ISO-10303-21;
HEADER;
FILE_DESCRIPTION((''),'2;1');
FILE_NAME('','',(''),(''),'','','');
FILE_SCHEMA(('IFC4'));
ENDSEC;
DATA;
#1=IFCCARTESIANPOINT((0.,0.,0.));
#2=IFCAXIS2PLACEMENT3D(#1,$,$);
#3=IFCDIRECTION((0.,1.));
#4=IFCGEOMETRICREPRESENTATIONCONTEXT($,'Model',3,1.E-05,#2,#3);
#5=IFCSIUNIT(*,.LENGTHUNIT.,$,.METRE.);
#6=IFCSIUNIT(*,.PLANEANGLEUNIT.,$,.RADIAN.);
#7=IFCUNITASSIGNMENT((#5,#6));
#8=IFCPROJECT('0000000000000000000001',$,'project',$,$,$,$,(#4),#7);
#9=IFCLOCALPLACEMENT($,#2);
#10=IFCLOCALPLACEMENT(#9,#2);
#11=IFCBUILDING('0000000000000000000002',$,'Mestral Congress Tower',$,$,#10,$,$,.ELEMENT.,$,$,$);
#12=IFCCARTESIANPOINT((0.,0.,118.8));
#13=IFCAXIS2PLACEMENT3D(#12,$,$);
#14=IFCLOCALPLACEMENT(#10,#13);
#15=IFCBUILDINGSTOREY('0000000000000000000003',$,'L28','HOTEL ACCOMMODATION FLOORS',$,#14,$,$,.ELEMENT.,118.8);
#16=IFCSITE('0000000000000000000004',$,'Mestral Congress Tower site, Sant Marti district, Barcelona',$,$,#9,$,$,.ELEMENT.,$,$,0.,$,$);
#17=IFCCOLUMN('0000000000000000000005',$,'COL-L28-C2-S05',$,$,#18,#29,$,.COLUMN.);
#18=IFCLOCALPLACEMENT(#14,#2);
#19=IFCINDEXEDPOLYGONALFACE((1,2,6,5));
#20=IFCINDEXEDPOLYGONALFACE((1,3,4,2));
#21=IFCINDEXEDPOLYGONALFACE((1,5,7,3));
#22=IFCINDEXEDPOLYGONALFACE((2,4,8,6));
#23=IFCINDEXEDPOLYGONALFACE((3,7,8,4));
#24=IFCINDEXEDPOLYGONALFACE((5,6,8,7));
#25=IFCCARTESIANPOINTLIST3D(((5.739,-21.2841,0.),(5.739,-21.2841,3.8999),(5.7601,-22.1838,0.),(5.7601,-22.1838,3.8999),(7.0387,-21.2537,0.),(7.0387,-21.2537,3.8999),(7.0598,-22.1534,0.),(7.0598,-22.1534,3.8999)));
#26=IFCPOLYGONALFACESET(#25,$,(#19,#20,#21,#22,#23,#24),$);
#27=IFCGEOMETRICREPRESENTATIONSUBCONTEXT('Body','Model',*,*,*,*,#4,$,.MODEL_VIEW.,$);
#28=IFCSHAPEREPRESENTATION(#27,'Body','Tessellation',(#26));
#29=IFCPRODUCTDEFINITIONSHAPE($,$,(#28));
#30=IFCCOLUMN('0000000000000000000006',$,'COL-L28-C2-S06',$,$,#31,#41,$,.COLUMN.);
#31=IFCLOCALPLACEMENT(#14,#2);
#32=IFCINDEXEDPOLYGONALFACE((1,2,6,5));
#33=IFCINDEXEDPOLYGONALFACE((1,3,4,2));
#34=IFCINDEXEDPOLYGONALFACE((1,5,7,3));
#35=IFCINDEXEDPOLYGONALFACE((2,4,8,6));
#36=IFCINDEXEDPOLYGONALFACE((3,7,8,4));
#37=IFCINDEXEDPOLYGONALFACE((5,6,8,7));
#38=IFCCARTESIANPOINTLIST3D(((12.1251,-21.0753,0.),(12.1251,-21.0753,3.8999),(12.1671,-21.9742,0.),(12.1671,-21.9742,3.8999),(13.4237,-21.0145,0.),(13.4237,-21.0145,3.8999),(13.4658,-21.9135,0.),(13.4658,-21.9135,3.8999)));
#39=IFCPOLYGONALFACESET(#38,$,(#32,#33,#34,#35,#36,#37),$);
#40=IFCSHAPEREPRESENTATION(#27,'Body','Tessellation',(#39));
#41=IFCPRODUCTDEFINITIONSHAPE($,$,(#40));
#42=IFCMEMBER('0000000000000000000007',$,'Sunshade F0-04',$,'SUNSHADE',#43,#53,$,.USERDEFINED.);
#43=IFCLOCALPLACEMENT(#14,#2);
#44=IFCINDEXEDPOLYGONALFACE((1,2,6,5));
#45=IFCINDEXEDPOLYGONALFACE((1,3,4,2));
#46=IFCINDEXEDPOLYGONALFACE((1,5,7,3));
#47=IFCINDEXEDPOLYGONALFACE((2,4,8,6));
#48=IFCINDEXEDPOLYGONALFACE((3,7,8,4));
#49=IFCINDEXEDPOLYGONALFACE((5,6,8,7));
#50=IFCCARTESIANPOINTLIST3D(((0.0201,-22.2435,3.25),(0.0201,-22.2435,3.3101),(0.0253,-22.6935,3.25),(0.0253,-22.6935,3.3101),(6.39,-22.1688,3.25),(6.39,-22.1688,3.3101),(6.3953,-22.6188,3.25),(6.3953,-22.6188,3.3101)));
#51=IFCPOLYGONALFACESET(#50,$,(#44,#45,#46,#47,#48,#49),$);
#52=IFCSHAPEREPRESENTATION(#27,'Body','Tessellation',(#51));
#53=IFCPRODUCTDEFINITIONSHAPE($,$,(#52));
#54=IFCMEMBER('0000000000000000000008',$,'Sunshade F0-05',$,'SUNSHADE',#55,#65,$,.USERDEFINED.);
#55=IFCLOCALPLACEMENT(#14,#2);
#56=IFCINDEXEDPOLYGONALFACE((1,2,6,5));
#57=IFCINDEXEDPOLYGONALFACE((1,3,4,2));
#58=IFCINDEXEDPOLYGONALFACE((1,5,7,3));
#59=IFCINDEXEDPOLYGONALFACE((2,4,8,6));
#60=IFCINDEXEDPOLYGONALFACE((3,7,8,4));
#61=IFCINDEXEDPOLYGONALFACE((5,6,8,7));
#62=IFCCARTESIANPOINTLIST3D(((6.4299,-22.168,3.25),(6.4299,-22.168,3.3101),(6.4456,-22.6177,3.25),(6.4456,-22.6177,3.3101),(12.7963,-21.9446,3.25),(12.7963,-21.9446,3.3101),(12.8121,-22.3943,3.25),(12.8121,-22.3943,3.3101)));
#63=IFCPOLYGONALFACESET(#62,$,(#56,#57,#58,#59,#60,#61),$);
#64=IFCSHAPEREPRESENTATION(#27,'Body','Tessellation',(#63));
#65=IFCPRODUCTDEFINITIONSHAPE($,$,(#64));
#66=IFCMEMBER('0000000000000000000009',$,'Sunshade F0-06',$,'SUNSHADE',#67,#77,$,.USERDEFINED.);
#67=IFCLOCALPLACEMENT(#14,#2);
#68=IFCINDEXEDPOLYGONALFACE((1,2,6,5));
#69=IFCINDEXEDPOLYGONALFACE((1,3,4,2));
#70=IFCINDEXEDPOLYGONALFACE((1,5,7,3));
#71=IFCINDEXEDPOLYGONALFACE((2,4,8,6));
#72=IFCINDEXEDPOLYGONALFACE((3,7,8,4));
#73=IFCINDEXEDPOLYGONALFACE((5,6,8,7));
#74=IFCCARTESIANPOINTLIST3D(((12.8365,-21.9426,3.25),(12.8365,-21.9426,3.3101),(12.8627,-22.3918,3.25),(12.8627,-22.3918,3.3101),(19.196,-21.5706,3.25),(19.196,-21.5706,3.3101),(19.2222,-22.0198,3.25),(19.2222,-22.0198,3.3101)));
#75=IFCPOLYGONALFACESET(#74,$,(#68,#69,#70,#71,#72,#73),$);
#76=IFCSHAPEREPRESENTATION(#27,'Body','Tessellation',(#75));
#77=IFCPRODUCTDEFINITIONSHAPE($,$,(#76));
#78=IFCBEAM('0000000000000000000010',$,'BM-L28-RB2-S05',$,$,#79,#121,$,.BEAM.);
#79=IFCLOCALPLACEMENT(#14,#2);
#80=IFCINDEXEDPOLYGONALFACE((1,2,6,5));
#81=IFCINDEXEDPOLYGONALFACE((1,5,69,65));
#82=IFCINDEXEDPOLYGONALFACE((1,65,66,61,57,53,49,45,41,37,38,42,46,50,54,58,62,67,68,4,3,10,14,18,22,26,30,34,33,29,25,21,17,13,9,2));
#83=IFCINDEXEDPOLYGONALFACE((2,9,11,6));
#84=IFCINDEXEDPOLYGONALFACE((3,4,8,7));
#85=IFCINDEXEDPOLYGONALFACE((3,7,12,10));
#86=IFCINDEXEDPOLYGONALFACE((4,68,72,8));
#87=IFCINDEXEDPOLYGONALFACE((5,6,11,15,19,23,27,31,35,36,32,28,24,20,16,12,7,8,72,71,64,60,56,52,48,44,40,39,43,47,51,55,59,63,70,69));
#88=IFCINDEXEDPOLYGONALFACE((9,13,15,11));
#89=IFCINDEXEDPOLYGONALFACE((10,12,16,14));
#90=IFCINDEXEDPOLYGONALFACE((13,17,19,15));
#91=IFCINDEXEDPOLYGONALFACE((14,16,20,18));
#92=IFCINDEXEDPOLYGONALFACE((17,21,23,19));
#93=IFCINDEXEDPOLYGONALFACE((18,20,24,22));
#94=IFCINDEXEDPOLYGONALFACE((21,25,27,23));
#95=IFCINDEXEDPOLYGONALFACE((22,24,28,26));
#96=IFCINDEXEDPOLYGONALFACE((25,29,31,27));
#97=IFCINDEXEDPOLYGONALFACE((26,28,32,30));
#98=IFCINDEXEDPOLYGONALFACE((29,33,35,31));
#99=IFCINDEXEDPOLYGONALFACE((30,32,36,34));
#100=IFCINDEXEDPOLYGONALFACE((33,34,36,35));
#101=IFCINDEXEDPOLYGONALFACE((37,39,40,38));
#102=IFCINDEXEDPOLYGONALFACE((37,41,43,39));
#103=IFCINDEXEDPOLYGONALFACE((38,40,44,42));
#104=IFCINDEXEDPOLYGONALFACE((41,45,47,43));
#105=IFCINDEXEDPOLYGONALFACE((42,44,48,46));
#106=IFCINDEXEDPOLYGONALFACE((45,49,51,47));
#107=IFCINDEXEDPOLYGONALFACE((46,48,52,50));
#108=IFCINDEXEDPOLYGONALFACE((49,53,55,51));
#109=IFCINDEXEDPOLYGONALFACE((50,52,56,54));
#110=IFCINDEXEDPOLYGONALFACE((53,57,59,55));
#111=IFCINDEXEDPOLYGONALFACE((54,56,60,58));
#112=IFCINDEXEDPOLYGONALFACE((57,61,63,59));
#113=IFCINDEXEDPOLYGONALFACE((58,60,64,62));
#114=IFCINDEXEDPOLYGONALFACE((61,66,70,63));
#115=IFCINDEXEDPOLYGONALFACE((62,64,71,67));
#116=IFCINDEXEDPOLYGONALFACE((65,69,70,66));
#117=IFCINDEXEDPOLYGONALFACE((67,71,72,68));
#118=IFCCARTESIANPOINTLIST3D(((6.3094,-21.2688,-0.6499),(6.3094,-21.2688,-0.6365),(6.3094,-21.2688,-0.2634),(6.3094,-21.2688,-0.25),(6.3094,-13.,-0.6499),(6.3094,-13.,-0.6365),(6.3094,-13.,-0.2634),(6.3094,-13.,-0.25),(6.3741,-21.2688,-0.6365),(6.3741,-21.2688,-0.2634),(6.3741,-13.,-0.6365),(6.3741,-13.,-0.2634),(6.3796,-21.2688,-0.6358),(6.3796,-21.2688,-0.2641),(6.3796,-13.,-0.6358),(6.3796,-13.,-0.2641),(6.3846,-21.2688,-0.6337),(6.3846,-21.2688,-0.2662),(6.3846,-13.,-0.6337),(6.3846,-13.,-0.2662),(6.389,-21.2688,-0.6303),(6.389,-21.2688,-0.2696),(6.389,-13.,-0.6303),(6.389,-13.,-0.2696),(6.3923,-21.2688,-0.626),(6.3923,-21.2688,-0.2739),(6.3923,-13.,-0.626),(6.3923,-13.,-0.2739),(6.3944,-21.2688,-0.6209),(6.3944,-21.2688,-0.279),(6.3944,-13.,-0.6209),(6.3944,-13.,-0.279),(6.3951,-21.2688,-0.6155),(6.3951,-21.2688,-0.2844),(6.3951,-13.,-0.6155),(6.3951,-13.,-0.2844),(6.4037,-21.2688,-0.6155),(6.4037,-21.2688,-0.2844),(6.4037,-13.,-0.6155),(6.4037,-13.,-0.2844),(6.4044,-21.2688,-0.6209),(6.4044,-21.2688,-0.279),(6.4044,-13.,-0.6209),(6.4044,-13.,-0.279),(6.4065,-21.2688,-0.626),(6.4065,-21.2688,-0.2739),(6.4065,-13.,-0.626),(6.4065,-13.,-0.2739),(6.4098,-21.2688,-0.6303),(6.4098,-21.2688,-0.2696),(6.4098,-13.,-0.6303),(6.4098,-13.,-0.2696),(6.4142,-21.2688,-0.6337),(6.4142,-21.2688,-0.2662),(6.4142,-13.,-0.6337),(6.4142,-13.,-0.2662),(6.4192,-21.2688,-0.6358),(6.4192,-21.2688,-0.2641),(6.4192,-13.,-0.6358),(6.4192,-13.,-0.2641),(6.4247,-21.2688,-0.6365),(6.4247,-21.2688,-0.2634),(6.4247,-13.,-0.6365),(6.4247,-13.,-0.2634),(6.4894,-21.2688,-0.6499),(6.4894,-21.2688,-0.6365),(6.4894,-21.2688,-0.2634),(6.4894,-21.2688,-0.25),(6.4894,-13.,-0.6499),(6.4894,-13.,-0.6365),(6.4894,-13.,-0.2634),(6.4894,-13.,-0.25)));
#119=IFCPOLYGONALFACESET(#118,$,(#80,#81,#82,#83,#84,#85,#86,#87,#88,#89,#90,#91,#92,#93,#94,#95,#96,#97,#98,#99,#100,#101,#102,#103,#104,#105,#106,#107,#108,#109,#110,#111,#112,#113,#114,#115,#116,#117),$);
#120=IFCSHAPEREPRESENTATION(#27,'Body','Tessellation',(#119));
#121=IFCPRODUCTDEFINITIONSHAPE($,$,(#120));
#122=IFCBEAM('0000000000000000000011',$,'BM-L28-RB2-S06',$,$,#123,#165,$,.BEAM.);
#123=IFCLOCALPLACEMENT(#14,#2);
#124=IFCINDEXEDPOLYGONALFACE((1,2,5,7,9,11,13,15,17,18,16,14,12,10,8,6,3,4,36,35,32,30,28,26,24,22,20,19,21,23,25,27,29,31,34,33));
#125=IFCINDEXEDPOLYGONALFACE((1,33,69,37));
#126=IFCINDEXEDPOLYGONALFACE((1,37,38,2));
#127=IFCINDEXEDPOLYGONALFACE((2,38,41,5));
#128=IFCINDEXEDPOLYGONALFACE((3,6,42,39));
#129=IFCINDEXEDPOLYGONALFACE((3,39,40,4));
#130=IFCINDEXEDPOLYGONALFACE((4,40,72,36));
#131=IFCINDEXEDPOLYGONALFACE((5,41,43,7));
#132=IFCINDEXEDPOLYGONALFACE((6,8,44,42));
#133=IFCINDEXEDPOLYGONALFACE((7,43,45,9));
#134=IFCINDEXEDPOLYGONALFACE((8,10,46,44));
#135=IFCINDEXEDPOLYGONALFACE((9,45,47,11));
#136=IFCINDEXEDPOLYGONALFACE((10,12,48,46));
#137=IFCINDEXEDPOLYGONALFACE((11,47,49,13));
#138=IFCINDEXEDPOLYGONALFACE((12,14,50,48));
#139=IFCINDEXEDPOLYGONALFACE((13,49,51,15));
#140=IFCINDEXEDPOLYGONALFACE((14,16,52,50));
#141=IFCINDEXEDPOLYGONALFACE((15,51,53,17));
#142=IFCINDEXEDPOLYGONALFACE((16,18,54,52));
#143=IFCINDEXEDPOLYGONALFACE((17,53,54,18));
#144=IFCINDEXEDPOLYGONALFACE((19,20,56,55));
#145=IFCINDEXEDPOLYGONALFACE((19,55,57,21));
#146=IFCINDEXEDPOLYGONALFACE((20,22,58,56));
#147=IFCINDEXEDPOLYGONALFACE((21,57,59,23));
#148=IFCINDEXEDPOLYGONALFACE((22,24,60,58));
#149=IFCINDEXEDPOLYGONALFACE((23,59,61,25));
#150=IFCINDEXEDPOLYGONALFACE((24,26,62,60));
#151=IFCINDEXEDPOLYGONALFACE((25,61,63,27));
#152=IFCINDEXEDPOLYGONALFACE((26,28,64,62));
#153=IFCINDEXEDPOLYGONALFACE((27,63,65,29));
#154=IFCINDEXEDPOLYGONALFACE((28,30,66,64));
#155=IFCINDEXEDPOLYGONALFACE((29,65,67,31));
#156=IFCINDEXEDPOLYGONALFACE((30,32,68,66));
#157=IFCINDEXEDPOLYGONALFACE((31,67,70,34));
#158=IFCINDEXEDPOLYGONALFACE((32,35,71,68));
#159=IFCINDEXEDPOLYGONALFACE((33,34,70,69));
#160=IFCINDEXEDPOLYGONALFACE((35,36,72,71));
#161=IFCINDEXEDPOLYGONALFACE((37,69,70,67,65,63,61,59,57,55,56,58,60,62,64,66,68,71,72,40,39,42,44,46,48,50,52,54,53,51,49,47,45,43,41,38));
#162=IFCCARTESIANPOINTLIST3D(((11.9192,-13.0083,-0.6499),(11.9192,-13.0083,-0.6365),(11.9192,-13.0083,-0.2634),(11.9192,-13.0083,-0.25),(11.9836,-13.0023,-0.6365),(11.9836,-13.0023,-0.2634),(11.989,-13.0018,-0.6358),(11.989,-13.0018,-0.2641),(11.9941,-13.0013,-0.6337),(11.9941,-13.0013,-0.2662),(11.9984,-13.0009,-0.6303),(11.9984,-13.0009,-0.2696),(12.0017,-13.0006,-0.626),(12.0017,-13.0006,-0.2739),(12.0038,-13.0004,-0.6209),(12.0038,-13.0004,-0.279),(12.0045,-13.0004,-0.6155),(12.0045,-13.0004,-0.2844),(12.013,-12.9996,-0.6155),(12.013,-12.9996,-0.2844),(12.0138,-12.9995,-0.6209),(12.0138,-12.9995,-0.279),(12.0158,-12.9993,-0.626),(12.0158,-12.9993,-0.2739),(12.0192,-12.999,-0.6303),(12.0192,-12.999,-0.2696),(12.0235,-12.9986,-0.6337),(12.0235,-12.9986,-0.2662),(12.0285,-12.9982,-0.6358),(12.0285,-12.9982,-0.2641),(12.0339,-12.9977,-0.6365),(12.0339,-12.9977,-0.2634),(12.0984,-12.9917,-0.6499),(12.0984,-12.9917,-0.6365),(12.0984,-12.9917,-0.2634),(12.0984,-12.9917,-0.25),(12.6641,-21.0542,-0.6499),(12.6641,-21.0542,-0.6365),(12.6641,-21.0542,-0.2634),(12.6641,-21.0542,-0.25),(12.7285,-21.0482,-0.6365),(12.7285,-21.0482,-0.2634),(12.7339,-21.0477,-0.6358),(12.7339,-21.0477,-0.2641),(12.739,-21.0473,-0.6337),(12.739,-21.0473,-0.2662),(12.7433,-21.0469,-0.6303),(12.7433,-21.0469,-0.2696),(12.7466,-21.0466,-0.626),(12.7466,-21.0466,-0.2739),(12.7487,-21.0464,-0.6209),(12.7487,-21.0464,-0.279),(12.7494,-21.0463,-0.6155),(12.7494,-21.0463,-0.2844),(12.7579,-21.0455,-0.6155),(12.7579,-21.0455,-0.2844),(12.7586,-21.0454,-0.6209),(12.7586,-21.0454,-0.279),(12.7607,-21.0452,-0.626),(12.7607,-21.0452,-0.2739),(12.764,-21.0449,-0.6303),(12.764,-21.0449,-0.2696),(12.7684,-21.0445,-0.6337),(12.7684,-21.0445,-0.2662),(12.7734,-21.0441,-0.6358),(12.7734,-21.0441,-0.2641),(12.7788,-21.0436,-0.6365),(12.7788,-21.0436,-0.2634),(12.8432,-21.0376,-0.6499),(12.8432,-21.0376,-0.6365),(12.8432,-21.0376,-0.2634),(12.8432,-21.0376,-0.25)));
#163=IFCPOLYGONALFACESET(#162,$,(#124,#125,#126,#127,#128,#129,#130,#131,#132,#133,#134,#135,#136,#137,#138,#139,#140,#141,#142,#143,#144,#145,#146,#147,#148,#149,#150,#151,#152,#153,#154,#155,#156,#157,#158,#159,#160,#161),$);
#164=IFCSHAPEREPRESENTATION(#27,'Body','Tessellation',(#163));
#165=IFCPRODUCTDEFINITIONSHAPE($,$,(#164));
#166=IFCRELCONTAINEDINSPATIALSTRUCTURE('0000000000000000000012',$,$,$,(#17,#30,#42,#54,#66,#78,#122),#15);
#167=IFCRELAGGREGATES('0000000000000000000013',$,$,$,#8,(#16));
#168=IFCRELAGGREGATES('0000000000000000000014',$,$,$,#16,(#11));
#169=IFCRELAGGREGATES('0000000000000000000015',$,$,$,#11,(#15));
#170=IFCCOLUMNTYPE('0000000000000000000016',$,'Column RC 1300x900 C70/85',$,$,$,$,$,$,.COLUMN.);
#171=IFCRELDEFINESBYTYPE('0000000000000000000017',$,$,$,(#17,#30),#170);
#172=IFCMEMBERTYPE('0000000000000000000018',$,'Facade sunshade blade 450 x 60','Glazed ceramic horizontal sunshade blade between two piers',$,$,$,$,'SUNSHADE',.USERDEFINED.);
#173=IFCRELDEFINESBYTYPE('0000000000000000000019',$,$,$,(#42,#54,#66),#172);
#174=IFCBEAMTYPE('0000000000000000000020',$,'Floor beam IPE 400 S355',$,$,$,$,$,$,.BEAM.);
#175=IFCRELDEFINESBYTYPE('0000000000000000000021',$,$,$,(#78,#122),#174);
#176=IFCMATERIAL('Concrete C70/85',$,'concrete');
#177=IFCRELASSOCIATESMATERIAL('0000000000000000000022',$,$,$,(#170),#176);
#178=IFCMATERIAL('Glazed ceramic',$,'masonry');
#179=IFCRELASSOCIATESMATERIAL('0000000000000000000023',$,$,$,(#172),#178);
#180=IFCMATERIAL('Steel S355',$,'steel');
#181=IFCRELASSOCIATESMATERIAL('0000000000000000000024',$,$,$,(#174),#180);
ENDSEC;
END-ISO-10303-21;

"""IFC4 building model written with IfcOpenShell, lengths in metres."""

from ifc_helpers import new_model, si_unit, direction, frame, origin, origin_2d, place, context, subcontext, project, spatial, rectangle, i_section, extrude, material, material_profile, profile_set, type_object, element, save


model = new_model("IFC4")

# Units and contexts
model_context = context("Model", 3, precision=1e-05, world=origin(), true_north=direction((0.0, 1.0)))
body_context = subcontext(model_context, "Body", "Model", "MODEL_VIEW")
ifc_project = project(units=[si_unit("LENGTHUNIT", "METRE"), si_unit("PLANEANGLEUNIT", "RADIAN")], contexts=[model_context])

# Site, building, storey
site_placement = place(None, origin())
site = spatial("IfcSite", under=ifc_project, at=site_placement, Name="Mestral Congress Tower site, Sant Marti district, Barcelona", CompositionType="ELEMENT", RefElevation=0.0)
building_placement = place(site_placement, origin())
building = spatial("IfcBuilding", under=site, at=building_placement, Name="Mestral Congress Tower", CompositionType="ELEMENT")
storey_placement = place(building_placement, frame((0.0, 0.0, 118.8)))
storey = spatial("IfcBuildingStorey", under=building, at=storey_placement, Name="L28", Description="HOTEL ACCOMMODATION FLOORS", CompositionType="ELEMENT", Elevation=118.8)

# Columns
ifc_material_1 = material(Name="Concrete C70/85", Category="concrete")
ifc_material_profile_1 = material_profile(ifc_material_1, rectangle(XDim=1.3, YDim=0.8999, at=origin_2d()), Name="RC 1300x900")
ifc_profile_set_1 = profile_set([ifc_material_profile_1], Name="Concrete C70/85")
column_type = type_object("IfcColumnType", Name="Column RC 1300x900 C70/85", PredefinedType="COLUMN", material=ifc_profile_set_1)
for number, where, z_axis, x_axis, name in (
    (1, (6.3994, -21.7188, 0.0), (0.0, 0.0, 1.0), (0.999727, 0.023384, 0.0), "COL-L28-C2-S05"),
    (2, (12.7954, -21.4944, 0.0), (0.0, 0.0, 1.0), (0.998906, 0.046756, 0.0), "COL-L28-C2-S06"),
):
    element("IfcColumn", number, at=place(storey_placement, frame(where, z_axis=z_axis, x_axis=x_axis)), inside=storey, type_object=column_type, Name=name, PredefinedType="COLUMN", context=body_context, shape_type="SweptSolid", body=[
        extrude(rectangle(XDim=1.3, YDim=0.8999, at=origin_2d()), origin(), (0.0, 0.0, 1.0), 3.8999),
    ])

# Members
ifc_material_2 = material(Name="Glazed ceramic", Category="masonry")
ifc_material_profile_2 = material_profile(ifc_material_2, rectangle(XDim=0.45, YDim=0.0601, at=origin_2d()), Name="Ceramic blade 450 x 60")
ifc_profile_set_2 = profile_set([ifc_material_profile_2], Name="Glazed ceramic")
member_type = type_object("IfcMemberType", Name="Facade sunshade blade 450 x 60", Description="Glazed ceramic horizontal sunshade blade between two piers", ElementType="SUNSHADE", PredefinedType="USERDEFINED", material=ifc_profile_set_2)
for number, where, z_axis, x_axis, name in (
    (3, (0.0227, -22.4685, 3.28), (0.999931, 0.011727, 0.0), (-0.011727, 0.999931, 0.0), "Sunshade F0-04"),
    (4, (6.4377, -22.3928, 3.28), (0.999385, 0.035067, 0.0), (-0.035067, 0.999385, 0.0), "Sunshade F0-05"),
    (5, (12.8496, -22.1672, 3.28), (0.998293, 0.058407, 0.0), (-0.058407, 0.998293, 0.0), "Sunshade F0-06"),
):
    element("IfcMember", number, at=place(storey_placement, frame(where, z_axis=z_axis, x_axis=x_axis)), inside=storey, type_object=member_type, Name=name, ObjectType="SUNSHADE", PredefinedType="USERDEFINED", context=body_context, shape_type="SweptSolid", body=[
        extrude(rectangle(XDim=0.45, YDim=0.0601, at=origin_2d()), origin(), (0.0, 0.0, 1.0), 6.3704),
    ])

# Beams
ifc_material_3 = material(Name="Steel S355", Category="steel")
ifc_material_profile_3 = material_profile(ifc_material_3, i_section(OverallWidth=0.1799, OverallDepth=0.3999, WebThickness=0.0085, FlangeThickness=0.0134, FilletRadius=0.021, at=origin_2d()), Name="IPE 400")
ifc_profile_set_3 = profile_set([ifc_material_profile_3], Name="Steel S355")
beam_type_1 = type_object("IfcBeamType", Name="Floor beam IPE 400 S355", PredefinedType="BEAM", material=ifc_profile_set_3)
beam_1_placement = place(storey_placement, frame((6.3994, -21.2688, -0.45), z_axis=(0.0, 1.0, 0.0), x_axis=(-1.0, 0.0, 0.0)))
element("IfcBeam", 6, at=beam_1_placement, inside=storey, type_object=beam_type_1, Name="BM-L28-RB2-S05", PredefinedType="BEAM", context=body_context, shape_type="SweptSolid", body=[
    extrude(i_section(OverallWidth=0.1799, OverallDepth=0.3999, WebThickness=0.0085, FlangeThickness=0.0134, FilletRadius=0.021, at=origin_2d()), origin(), (0.0, 0.0, 1.0), 8.2688),
])
beam_2_placement = place(storey_placement, frame((12.7537, -21.0459, -0.45), z_axis=(-0.092184, 0.995742, 0.0), x_axis=(-0.995742, -0.092184, 0.0)))
element("IfcBeam", 7, at=beam_2_placement, inside=storey, type_object=beam_type_1, Name="BM-L28-RB2-S06", PredefinedType="BEAM", context=body_context, shape_type="SweptSolid", body=[
    extrude(i_section(OverallWidth=0.1799, OverallDepth=0.3999, WebThickness=0.0085, FlangeThickness=0.0134, FilletRadius=0.021, at=origin_2d()), origin(), (0.0, 0.0, 1.0), 8.0803),
])

save(model, "model.ifc")
